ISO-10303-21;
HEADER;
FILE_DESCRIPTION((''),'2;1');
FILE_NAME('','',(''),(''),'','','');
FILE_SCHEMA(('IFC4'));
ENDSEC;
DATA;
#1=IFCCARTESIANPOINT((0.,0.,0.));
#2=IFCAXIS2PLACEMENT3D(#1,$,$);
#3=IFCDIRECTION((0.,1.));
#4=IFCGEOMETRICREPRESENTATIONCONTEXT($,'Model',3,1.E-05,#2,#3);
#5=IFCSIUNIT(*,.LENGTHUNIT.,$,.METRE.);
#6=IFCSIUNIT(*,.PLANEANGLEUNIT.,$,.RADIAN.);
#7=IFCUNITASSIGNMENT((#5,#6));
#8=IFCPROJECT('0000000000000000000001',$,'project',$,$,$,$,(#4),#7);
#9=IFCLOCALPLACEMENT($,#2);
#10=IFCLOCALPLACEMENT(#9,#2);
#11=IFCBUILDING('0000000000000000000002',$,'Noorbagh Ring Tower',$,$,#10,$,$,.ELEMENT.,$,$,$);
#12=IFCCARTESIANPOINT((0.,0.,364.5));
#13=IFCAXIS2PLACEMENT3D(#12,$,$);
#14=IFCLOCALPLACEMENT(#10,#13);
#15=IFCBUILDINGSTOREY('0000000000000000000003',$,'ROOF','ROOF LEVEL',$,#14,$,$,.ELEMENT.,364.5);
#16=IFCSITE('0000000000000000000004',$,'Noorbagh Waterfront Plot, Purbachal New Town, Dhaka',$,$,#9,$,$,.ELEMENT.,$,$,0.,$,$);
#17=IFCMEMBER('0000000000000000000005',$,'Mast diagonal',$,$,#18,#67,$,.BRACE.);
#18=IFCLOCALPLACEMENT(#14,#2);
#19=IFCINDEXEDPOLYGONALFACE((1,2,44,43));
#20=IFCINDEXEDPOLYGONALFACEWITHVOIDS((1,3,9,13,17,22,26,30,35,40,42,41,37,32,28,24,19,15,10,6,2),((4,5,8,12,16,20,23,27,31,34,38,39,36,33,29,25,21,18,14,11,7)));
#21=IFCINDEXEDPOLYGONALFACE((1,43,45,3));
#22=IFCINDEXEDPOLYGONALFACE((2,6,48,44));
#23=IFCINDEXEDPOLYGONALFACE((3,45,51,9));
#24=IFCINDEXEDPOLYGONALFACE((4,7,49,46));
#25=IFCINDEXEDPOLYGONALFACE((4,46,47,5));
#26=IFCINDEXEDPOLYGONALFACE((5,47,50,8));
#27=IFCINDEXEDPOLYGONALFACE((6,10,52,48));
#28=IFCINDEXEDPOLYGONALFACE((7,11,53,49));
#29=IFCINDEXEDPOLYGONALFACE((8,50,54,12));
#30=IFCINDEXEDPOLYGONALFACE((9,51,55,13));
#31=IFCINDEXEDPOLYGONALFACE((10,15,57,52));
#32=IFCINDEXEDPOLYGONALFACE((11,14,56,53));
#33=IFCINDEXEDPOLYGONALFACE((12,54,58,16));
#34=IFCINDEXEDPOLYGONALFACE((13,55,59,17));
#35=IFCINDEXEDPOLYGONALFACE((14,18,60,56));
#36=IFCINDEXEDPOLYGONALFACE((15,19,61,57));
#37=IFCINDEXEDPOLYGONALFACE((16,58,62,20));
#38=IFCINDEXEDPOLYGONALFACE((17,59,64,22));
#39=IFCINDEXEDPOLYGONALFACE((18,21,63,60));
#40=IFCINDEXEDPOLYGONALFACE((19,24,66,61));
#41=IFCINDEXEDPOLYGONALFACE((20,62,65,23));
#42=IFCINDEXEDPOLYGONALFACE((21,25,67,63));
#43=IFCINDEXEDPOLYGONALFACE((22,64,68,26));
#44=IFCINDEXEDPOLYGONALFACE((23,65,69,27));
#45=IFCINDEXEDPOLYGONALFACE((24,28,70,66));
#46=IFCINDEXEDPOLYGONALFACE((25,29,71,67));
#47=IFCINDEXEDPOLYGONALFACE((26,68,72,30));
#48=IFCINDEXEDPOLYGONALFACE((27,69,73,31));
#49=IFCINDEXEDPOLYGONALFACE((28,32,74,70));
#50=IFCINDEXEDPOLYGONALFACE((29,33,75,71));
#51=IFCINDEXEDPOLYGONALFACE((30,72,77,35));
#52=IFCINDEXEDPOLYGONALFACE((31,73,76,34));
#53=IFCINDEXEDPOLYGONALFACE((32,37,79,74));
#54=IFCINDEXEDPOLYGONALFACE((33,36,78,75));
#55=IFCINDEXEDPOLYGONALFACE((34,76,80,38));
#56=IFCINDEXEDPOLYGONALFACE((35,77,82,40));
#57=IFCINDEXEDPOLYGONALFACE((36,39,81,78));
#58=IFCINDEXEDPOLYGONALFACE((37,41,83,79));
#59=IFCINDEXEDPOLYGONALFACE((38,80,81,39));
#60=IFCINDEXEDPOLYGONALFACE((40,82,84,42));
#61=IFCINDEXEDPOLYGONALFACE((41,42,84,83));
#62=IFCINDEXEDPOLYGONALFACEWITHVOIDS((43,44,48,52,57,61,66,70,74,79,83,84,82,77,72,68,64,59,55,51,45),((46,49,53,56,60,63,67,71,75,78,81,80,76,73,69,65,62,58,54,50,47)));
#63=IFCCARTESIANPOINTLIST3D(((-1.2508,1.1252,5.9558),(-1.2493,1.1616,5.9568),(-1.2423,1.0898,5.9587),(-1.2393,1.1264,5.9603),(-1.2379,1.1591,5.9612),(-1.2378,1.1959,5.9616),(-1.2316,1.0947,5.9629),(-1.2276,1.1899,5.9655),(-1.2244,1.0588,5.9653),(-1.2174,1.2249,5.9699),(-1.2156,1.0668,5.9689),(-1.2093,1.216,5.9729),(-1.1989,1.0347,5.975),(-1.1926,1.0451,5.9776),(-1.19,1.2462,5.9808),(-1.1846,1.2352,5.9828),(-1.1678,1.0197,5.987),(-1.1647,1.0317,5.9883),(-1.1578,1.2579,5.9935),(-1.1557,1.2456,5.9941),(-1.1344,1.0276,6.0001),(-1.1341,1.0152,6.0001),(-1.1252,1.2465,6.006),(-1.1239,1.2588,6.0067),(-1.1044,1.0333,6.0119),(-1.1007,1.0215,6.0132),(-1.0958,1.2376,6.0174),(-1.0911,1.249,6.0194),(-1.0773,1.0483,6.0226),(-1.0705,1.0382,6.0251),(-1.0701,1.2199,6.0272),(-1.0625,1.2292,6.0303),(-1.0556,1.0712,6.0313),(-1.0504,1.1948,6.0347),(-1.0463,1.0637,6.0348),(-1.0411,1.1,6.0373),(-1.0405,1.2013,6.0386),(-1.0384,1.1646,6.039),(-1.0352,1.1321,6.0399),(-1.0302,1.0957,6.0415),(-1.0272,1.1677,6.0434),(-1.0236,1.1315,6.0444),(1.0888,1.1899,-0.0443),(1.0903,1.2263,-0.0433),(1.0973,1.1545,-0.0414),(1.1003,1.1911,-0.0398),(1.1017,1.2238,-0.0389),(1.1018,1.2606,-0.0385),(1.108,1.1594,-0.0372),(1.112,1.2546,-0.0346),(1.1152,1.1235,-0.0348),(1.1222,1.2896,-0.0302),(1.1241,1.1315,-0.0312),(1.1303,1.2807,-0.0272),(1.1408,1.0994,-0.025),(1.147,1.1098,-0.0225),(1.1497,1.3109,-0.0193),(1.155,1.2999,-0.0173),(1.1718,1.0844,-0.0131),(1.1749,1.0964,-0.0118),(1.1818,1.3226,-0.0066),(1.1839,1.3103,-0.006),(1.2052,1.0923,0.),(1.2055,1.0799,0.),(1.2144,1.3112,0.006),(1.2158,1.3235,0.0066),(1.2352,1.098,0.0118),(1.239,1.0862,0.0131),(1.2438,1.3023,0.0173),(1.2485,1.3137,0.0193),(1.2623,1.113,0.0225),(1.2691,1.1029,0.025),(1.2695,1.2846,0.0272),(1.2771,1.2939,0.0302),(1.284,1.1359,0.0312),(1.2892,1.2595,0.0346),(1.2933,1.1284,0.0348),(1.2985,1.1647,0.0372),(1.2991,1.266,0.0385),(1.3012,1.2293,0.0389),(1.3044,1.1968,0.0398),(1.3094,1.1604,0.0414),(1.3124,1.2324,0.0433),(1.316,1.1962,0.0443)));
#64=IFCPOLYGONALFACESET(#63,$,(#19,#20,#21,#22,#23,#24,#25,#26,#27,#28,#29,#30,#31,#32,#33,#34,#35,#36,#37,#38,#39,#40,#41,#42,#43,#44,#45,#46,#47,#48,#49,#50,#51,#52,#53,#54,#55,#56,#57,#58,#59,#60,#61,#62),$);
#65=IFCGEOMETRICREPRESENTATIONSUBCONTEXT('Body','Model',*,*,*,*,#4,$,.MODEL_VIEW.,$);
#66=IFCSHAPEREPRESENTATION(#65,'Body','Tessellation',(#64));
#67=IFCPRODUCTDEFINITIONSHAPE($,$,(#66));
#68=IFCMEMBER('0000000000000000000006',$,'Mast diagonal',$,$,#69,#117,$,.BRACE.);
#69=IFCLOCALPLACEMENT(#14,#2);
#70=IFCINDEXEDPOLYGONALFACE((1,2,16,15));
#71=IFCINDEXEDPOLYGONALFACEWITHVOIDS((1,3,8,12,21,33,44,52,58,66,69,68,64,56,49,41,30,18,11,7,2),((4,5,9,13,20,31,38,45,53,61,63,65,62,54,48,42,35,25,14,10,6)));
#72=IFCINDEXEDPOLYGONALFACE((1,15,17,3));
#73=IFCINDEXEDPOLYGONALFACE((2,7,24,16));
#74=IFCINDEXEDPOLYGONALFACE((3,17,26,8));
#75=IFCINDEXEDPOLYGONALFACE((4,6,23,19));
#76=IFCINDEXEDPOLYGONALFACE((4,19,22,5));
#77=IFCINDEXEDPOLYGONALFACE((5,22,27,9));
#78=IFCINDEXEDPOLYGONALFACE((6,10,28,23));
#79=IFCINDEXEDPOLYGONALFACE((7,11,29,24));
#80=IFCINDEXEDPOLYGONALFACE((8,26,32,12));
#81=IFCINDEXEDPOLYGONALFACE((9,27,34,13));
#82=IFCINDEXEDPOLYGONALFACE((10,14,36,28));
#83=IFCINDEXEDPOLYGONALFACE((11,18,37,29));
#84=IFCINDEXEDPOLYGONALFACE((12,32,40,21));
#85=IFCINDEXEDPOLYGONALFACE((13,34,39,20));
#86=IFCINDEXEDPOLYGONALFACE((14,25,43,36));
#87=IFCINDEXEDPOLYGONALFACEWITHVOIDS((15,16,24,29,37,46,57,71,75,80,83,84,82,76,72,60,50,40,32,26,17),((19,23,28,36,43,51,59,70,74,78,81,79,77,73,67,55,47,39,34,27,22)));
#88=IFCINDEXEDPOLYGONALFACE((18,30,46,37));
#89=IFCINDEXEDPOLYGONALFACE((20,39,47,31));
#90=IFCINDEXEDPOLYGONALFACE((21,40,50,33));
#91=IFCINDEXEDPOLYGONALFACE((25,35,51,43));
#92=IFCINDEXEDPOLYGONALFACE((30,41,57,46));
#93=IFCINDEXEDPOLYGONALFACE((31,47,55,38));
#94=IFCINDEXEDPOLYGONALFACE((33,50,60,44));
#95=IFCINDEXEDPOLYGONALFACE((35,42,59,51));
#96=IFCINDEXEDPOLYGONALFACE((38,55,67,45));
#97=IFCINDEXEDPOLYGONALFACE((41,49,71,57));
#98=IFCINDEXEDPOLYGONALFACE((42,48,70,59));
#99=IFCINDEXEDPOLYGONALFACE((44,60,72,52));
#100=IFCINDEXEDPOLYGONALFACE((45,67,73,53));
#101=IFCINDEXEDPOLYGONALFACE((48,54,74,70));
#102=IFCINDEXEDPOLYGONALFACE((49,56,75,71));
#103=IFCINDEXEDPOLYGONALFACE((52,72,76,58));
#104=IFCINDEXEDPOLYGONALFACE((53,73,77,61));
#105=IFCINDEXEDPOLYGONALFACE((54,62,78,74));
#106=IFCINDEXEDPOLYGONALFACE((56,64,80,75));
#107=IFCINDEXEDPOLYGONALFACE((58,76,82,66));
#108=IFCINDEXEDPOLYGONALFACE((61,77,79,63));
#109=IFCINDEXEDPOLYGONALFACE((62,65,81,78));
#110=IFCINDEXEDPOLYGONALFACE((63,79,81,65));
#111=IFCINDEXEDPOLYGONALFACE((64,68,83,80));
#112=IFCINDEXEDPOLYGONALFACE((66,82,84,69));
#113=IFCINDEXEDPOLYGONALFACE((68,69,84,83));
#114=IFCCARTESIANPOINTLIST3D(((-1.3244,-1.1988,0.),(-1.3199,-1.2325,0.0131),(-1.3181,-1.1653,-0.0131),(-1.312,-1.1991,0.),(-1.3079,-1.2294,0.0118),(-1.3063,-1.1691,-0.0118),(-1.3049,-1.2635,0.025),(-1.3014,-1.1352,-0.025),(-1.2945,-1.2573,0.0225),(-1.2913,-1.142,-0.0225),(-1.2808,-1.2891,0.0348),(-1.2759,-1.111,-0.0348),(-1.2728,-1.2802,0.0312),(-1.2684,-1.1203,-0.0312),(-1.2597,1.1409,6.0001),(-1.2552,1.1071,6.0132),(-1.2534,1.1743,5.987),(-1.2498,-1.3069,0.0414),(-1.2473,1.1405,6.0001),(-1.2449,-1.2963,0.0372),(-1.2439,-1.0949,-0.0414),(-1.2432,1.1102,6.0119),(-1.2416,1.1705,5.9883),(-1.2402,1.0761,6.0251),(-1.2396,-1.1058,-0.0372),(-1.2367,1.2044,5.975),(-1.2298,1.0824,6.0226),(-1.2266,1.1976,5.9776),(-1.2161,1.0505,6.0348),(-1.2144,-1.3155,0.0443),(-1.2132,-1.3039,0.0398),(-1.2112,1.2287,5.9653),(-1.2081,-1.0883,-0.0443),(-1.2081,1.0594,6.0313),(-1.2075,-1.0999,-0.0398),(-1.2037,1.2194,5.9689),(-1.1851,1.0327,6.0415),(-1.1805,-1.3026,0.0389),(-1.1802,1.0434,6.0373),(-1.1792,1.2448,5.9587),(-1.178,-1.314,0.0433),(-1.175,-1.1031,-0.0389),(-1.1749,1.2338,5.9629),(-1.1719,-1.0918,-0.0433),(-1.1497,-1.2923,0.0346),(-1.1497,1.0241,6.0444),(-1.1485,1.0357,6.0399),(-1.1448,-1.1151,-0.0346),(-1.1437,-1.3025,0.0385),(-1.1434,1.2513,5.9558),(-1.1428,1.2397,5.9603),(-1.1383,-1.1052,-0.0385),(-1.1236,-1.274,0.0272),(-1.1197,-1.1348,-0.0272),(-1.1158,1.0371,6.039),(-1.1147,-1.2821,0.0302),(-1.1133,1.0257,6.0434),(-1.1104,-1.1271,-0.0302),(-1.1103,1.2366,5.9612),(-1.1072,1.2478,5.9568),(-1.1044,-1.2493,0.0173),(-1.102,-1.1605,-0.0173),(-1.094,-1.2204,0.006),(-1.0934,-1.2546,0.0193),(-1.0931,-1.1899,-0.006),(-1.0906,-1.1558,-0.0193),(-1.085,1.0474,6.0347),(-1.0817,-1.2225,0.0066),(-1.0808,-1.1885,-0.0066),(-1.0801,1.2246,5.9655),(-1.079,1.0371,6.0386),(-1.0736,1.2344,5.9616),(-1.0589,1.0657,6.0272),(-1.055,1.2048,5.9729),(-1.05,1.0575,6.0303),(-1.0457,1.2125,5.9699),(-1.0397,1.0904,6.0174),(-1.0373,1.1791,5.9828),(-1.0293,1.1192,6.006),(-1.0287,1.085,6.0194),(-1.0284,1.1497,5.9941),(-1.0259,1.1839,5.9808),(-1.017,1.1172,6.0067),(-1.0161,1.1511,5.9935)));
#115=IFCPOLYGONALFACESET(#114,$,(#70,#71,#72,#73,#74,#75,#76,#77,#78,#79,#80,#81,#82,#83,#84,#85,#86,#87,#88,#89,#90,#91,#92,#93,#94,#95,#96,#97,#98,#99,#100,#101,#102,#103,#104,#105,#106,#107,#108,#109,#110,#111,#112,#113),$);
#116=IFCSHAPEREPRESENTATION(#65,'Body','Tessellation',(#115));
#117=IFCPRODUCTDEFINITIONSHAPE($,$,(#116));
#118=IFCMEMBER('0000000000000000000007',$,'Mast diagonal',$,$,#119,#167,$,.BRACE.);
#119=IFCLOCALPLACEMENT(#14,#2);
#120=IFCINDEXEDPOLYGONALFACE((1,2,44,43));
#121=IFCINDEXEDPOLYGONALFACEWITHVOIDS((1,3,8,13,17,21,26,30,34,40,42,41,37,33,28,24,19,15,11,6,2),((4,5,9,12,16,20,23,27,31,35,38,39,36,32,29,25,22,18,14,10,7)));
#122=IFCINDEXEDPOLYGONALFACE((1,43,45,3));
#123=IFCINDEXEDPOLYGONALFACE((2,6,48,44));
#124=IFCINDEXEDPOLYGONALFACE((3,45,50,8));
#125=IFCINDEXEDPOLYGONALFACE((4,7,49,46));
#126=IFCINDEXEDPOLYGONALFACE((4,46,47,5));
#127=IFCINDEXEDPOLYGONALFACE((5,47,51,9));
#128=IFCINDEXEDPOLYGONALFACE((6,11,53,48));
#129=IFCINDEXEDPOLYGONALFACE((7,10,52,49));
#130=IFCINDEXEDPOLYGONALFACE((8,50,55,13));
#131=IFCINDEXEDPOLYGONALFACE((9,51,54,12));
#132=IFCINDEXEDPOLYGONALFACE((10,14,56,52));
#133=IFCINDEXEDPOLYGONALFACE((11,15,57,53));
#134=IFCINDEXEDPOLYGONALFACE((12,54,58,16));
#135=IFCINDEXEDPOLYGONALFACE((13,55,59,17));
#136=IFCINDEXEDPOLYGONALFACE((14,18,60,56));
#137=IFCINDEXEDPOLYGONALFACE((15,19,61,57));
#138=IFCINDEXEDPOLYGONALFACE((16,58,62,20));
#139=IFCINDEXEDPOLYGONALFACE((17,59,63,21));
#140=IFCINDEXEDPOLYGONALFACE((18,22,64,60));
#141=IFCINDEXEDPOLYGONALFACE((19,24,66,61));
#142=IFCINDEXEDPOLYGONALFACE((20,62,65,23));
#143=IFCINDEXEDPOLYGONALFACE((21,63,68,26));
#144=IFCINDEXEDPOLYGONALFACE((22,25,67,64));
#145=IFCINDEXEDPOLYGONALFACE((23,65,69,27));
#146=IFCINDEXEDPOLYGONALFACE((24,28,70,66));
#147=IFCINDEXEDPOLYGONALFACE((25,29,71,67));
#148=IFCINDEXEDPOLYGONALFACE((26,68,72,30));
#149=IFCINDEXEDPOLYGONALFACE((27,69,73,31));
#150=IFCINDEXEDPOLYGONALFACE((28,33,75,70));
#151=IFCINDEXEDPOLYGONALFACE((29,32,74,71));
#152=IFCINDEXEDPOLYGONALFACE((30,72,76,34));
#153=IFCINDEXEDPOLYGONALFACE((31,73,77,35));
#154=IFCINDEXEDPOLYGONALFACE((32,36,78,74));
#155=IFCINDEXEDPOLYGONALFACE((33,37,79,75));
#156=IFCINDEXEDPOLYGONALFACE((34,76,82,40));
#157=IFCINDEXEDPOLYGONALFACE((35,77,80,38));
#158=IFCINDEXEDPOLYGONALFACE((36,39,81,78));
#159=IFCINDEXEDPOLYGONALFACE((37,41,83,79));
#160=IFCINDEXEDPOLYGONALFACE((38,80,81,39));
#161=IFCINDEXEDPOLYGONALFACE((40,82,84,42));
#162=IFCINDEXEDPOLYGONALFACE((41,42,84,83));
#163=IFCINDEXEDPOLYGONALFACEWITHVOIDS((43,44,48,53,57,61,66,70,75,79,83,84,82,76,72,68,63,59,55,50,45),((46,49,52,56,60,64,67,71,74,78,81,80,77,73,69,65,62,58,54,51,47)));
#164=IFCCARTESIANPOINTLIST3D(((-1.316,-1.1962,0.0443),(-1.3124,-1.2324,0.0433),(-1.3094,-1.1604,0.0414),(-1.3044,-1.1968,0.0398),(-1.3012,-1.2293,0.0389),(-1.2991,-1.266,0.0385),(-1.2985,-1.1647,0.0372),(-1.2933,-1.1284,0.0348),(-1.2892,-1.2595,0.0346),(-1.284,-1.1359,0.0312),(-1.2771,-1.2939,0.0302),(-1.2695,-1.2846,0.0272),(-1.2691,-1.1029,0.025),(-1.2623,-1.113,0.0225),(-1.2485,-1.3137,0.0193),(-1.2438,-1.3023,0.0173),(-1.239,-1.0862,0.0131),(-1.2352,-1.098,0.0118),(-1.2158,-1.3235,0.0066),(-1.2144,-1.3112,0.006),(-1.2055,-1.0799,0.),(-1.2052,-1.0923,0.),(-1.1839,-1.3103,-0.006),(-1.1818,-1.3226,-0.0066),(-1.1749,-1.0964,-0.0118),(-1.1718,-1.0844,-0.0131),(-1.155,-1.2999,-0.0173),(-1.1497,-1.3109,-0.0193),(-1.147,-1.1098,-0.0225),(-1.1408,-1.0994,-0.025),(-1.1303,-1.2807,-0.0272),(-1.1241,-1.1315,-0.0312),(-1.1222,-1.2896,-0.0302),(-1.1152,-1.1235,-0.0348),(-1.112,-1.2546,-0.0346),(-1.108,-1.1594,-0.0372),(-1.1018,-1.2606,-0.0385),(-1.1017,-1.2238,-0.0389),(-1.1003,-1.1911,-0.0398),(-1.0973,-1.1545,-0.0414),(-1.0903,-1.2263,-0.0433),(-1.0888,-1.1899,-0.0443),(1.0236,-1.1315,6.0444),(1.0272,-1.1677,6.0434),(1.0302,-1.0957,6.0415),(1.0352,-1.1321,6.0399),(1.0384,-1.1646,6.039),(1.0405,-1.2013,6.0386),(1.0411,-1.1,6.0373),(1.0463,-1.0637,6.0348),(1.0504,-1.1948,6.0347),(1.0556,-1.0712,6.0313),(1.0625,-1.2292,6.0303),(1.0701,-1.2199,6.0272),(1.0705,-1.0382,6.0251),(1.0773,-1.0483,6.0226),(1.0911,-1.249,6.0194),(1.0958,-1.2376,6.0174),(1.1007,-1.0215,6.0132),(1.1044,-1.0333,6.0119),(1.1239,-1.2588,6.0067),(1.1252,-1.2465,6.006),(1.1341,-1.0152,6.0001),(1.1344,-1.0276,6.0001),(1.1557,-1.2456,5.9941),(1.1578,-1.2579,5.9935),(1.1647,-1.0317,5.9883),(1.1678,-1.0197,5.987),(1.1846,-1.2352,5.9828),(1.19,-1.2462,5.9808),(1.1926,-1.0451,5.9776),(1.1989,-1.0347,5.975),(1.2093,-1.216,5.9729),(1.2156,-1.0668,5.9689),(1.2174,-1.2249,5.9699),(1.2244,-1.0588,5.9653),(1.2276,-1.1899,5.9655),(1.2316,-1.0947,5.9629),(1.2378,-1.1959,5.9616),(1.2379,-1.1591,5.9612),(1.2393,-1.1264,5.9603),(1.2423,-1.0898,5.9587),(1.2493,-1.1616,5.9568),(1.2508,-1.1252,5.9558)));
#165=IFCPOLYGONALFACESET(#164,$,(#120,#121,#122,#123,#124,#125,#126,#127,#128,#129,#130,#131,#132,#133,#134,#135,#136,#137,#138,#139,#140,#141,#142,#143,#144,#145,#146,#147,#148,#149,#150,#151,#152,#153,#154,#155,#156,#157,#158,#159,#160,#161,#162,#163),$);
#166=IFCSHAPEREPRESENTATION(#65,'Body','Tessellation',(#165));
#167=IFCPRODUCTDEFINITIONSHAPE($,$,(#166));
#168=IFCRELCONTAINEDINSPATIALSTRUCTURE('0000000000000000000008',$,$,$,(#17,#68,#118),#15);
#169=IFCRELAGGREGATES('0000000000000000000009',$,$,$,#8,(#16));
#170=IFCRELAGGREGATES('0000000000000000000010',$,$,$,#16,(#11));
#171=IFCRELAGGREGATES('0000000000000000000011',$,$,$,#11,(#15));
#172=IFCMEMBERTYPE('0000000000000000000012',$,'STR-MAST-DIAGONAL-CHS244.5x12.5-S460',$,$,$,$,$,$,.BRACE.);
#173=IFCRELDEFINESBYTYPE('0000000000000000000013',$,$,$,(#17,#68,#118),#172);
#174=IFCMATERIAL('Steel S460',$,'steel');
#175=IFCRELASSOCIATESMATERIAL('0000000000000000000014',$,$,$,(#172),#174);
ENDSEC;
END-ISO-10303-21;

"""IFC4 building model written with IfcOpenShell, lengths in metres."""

from ifc_helpers import new_model, si_unit, direction, frame, origin, origin_2d, place, context, subcontext, project, spatial, hollow_circle, extrude, material, material_profile, profile_set, type_object, element, save


model = new_model("IFC4")

# Units and contexts
model_context = context("Model", 3, precision=1e-05, world=origin(), true_north=direction((0.0, 1.0)))
body_context = subcontext(model_context, "Body", "Model", "MODEL_VIEW")
ifc_project = project(units=[si_unit("LENGTHUNIT", "METRE"), si_unit("PLANEANGLEUNIT", "RADIAN")], contexts=[model_context])

# Site, building, storey
site_placement = place(None, origin())
site = spatial("IfcSite", under=ifc_project, at=site_placement, Name="Noorbagh Waterfront Plot, Purbachal New Town, Dhaka", CompositionType="ELEMENT", RefElevation=0.0)
building_placement = place(site_placement, origin())
building = spatial("IfcBuilding", under=site, at=building_placement, Name="Noorbagh Ring Tower", CompositionType="ELEMENT")
storey_placement = place(building_placement, frame((0.0, 0.0, 364.5)))
storey = spatial("IfcBuildingStorey", under=building, at=storey_placement, Name="ROOF", Description="ROOF LEVEL", CompositionType="ELEMENT", Elevation=364.5)

# Members
ifc_material_1 = material(Name="Steel S460", Category="steel")
ifc_material_profile_1 = material_profile(ifc_material_1, hollow_circle(Radius=0.1223, WallThickness=0.0125, at=origin_2d()), Name="CHS244.5x12.5")
ifc_profile_set_1 = profile_set([ifc_material_profile_1], Name="Steel S460")
member_type_1 = type_object("IfcMemberType", Name="STR-MAST-DIAGONAL-CHS244.5x12.5-S460", PredefinedType="BRACE", material=ifc_profile_set_1)
for number, where, z_axis, x_axis, name in (
    (1, (1.2021, 1.2021, 0.0), (-0.363273, -0.010046, 0.931629), (0.027643, -0.999618, 0.0), "Mast diagonal"),
    (2, (-1.2021, -1.2021, 0.0), (0.010046, 0.363273, 0.931629), (-0.999618, 0.027643, 0.0), "Mast diagonal"),
    (3, (-1.2021, -1.2021, 0.0), (0.363273, 0.010046, 0.931629), (-0.027643, 0.999618, 0.0), "Mast diagonal"),
):
    element("IfcMember", number, at=place(storey_placement, frame(where, z_axis=z_axis, x_axis=x_axis)), inside=storey, type_object=member_type_1, Name=name, PredefinedType="BRACE", context=body_context, shape_type="SweptSolid", body=[
        extrude(hollow_circle(Radius=0.1223, WallThickness=0.0125, at=origin_2d()), origin(), (0.0, 0.0, 1.0), 6.4404),
    ])

save(model, "model.ifc")
